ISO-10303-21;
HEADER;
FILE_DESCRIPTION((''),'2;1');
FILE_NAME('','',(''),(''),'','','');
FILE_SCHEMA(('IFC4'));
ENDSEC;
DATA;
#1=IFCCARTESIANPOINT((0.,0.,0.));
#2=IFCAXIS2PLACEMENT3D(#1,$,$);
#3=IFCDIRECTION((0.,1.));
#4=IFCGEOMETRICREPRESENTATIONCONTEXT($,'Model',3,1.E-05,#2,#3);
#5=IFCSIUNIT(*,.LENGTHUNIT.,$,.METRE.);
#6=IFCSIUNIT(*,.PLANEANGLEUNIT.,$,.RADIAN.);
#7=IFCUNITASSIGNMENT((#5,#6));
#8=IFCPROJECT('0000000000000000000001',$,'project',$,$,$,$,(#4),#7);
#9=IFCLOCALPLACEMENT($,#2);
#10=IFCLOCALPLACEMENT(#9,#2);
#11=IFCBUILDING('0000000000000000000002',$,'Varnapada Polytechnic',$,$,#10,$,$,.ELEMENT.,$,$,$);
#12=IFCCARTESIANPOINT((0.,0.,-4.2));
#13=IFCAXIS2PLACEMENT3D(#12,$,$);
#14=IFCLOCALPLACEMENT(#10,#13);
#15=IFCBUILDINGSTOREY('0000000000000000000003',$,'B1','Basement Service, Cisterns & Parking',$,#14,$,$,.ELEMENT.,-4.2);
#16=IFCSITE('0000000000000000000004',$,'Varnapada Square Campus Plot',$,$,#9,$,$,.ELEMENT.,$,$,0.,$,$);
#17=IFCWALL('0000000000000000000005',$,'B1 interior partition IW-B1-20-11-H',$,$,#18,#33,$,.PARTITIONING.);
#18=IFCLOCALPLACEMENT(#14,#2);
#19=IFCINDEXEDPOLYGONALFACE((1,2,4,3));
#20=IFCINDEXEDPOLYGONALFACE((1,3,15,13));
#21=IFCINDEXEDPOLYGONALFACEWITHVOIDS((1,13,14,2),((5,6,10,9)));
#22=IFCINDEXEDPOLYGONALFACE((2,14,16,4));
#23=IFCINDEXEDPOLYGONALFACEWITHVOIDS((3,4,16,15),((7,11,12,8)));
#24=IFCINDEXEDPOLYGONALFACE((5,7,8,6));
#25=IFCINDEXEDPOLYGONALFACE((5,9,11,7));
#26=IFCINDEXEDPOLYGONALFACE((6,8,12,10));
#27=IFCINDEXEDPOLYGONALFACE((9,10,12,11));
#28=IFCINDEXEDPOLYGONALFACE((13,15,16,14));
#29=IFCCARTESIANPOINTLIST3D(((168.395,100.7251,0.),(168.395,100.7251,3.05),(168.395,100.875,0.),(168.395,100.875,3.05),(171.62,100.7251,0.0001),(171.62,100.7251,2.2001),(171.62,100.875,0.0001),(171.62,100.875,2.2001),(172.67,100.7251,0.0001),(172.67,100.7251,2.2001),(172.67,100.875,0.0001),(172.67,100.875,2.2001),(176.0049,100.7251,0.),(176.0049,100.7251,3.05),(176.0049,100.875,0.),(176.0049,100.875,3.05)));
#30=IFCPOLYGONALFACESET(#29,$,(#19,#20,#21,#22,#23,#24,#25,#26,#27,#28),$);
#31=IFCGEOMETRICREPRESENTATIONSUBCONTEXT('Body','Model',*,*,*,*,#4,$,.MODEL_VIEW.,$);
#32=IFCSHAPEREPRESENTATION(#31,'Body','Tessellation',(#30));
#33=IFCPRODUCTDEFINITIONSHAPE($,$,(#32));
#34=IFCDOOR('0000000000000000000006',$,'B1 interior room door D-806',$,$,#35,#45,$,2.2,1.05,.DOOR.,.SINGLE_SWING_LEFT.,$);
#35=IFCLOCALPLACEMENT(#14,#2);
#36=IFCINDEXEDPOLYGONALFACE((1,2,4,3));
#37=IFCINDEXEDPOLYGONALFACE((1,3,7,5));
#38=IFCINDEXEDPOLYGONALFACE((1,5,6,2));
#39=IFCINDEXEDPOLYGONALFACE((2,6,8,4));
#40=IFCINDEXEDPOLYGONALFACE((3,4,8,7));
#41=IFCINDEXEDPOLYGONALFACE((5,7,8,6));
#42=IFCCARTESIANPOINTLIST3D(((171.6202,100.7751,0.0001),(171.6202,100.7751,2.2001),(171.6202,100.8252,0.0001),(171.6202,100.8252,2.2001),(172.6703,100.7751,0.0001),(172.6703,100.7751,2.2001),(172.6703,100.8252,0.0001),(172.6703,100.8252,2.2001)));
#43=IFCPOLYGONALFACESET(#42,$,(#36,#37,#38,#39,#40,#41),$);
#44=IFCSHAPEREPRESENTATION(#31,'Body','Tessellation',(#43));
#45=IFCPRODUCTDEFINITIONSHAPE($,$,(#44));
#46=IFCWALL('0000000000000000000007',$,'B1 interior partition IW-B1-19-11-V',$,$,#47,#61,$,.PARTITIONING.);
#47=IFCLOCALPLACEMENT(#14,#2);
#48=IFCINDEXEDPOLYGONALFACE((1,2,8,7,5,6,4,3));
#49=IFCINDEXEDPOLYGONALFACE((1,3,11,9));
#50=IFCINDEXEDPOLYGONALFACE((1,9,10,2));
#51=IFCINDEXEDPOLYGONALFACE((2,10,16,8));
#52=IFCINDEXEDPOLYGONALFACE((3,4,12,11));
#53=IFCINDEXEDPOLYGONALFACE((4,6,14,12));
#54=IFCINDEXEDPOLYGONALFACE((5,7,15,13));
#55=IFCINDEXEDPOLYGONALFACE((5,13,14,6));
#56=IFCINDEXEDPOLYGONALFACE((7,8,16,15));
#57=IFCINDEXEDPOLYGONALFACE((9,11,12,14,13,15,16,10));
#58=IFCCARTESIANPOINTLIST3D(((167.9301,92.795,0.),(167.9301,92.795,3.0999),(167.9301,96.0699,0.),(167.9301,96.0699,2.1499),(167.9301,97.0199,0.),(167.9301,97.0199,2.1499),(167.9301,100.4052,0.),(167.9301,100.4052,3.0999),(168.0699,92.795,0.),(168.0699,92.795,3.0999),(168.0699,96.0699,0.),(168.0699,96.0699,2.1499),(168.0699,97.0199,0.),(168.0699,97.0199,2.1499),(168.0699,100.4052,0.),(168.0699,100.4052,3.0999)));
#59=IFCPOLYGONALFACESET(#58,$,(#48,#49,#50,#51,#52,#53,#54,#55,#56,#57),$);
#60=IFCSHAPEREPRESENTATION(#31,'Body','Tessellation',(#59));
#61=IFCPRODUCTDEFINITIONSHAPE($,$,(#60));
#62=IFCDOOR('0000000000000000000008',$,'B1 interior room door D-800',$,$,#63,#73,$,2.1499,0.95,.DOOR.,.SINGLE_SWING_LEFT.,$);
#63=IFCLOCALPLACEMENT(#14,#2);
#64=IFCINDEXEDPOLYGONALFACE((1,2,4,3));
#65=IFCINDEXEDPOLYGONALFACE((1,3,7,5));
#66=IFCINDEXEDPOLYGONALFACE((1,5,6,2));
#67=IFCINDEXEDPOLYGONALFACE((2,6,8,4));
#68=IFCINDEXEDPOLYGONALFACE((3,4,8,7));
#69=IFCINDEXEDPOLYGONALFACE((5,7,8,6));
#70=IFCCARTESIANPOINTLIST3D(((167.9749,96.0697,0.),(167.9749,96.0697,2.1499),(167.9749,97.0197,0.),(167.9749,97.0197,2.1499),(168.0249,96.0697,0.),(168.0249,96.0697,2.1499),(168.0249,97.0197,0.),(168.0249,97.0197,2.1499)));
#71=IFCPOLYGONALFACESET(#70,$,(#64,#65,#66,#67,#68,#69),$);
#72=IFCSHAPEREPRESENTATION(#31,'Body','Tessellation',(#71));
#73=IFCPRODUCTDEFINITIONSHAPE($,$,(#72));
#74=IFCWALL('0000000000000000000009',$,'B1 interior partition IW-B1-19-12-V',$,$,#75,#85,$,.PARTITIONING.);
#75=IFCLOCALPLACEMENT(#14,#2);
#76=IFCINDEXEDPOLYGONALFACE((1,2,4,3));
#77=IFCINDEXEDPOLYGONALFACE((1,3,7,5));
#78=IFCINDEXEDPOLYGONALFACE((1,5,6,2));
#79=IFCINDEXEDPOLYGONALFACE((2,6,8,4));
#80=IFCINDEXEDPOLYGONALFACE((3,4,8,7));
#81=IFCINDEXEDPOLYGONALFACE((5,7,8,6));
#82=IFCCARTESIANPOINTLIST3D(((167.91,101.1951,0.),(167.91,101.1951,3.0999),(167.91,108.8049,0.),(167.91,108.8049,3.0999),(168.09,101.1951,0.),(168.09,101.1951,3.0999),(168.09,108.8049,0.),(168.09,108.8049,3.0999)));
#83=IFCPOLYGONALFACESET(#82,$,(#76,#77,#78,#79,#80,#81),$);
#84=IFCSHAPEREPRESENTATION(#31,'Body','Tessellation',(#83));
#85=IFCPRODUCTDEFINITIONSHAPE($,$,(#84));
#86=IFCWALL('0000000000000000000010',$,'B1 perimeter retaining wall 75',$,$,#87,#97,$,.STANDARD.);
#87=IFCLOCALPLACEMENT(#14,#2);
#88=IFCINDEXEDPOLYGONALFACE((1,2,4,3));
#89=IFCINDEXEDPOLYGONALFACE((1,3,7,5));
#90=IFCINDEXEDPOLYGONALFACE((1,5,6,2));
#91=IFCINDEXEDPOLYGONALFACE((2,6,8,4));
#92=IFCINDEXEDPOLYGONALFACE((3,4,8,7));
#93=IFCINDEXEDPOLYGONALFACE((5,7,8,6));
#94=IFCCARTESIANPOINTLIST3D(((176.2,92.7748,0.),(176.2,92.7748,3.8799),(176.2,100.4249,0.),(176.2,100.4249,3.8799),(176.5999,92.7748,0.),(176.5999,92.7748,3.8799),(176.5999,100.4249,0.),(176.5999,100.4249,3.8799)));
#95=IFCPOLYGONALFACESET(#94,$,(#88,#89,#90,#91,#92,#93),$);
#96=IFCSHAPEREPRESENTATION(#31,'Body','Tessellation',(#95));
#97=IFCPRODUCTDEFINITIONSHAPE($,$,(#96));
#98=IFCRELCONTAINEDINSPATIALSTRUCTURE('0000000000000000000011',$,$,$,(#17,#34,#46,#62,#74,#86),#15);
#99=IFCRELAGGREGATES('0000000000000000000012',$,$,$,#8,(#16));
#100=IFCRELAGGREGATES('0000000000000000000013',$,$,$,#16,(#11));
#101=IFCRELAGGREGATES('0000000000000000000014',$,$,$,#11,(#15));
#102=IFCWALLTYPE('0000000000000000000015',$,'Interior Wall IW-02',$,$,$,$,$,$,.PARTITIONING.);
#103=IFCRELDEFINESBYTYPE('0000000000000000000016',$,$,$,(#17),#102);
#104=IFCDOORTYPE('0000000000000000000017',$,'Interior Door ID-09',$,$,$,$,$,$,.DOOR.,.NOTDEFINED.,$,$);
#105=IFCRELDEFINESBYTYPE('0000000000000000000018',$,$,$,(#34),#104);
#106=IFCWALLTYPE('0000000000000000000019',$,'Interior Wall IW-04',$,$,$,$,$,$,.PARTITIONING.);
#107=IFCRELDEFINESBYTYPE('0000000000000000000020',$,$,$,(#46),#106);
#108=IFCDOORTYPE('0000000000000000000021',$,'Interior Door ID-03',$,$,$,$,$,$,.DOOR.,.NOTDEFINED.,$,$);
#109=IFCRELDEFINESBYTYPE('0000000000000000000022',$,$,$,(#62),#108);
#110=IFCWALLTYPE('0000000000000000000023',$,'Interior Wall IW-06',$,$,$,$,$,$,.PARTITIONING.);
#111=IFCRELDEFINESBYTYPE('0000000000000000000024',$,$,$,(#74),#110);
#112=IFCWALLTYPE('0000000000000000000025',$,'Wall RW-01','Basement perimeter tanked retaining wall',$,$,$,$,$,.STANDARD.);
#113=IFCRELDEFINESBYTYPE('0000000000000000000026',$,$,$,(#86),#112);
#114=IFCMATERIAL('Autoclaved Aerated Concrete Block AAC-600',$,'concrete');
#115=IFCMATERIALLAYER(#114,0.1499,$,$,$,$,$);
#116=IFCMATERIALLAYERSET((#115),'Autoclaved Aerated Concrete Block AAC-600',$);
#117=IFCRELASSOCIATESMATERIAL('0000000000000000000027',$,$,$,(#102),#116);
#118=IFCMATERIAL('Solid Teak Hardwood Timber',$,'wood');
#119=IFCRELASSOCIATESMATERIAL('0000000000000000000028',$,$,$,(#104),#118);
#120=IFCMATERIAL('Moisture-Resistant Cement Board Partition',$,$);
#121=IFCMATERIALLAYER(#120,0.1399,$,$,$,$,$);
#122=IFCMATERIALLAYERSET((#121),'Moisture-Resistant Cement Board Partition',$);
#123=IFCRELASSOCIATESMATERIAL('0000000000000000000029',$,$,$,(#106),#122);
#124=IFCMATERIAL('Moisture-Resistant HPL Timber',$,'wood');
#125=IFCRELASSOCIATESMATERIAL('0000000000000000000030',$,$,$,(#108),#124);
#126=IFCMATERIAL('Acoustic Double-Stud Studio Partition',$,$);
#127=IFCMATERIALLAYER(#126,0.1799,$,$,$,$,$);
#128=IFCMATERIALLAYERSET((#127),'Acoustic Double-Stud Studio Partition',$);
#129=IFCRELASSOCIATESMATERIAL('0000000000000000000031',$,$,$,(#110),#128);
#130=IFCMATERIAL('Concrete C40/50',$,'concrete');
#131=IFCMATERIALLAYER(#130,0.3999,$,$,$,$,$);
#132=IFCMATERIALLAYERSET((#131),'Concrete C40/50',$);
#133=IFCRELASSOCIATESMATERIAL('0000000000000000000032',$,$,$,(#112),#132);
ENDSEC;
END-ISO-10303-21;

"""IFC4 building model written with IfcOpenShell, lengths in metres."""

from ifc_helpers import new_model, si_unit, direction, frame, frame_2d, origin, place, context, subcontext, project, spatial, rectangle, extrude, material, layer, layer_set, type_object, element, fill, save


model = new_model("IFC4")

# Units and contexts
model_context = context("Model", 3, precision=1e-05, world=origin(), true_north=direction((0.0, 1.0)))
body_context = subcontext(model_context, "Body", "Model", "MODEL_VIEW")
ifc_project = project(units=[si_unit("LENGTHUNIT", "METRE"), si_unit("PLANEANGLEUNIT", "RADIAN")], contexts=[model_context])

# Site, building, storey
site_placement = place(None, origin())
site = spatial("IfcSite", under=ifc_project, at=site_placement, Name="Varnapada Square Campus Plot", CompositionType="ELEMENT", RefElevation=0.0)
building_placement = place(site_placement, origin())
building = spatial("IfcBuilding", under=site, at=building_placement, Name="Varnapada Polytechnic", CompositionType="ELEMENT")
storey_placement = place(building_placement, frame((0.0, 0.0, -4.2)))
storey = spatial("IfcBuildingStorey", under=building, at=storey_placement, Name="B1", Description="Basement Service, Cisterns & Parking", CompositionType="ELEMENT", Elevation=-4.2)

# Shared definitions
ifc_material_1 = material(Name="Concrete C40/50", Category="concrete")

# Walls, openings, doors
ifc_material_2 = material(Name="Autoclaved Aerated Concrete Block AAC-600", Category="concrete")
ifc_layer_1 = layer(ifc_material_2, 0.1499)
ifc_layer_set_1 = layer_set([ifc_layer_1], Name="Autoclaved Aerated Concrete Block AAC-600")
wall_type_1 = type_object("IfcWallType", Name="Interior Wall IW-02", PredefinedType="PARTITIONING", material=ifc_layer_set_1)
wall_1_placement = place(storey_placement, frame((168.395, 100.8, 0.0), z_axis=(0.0, 0.0, 1.0), x_axis=(1.0, 0.0, 0.0)))
wall_1 = element("IfcWall", 1, at=wall_1_placement, inside=storey, type_object=wall_type_1, Name="B1 interior partition IW-B1-20-11-H", PredefinedType="PARTITIONING", context=body_context, shape_type="SweptSolid", body=[
    extrude(rectangle(XDim=7.6099, YDim=0.1499, at=frame_2d((3.8049, 0.0))), origin(), (0.0, 0.0, 1.0), 3.05),
])
opening_1_placement = place(wall_1_placement, frame((3.2251, 0.0, 0.0)))
opening_1 = element("IfcOpeningElement", 2, at=opening_1_placement, cuts=wall_1, PredefinedType="OPENING", context=body_context, shape_type="SweptSolid", body=[
    extrude(rectangle(XDim=1.05, YDim=2.2, at=frame_2d((0.5249, 1.1001))), frame((0.0, 0.085, 0.0), z_axis=(0.0, -1.0, 0.0), x_axis=(1.0, 0.0, 0.0)), (0.0, 0.0, 1.0), 0.1699),
])
ifc_material_3 = material(Name="Solid Teak Hardwood Timber", Category="wood")
door_type_1 = type_object("IfcDoorType", Name="Interior Door ID-09", OperationType="NOTDEFINED", PredefinedType="DOOR", material=ifc_material_3)
door_1_placement = place(opening_1_placement, frame((1.05, 0.0, 0.0), z_axis=(0.0, 0.0, 1.0), x_axis=(-1.0, 0.0, 0.0)))
door_1 = element("IfcDoor", 3, at=door_1_placement, inside=storey, type_object=door_type_1, Name="B1 interior room door D-806", OperationType="SINGLE_SWING_LEFT", OverallHeight=2.2, OverallWidth=1.05, PredefinedType="DOOR", context=body_context, shape_type="SweptSolid", body=[
    extrude(rectangle(XDim=1.05, YDim=2.2, at=frame_2d((0.5249, 1.1001))), frame((0.0, 0.0249, 0.0), z_axis=(0.0, -1.0, 0.0), x_axis=(1.0, 0.0, 0.0)), (0.0, 0.0, 1.0), 0.05),
])
fill(opening_1, door_1)
ifc_material_4 = material(Name="Moisture-Resistant Cement Board Partition")
ifc_layer_2 = layer(ifc_material_4, 0.1399)
ifc_layer_set_2 = layer_set([ifc_layer_2], Name="Moisture-Resistant Cement Board Partition")
wall_type_2 = type_object("IfcWallType", Name="Interior Wall IW-04", PredefinedType="PARTITIONING", material=ifc_layer_set_2)
wall_2_placement = place(storey_placement, frame((168.0, 92.7949, 0.0), z_axis=(0.0, 0.0, 1.0), x_axis=(0.0, 1.0, 0.0)))
wall_2 = element("IfcWall", 4, at=wall_2_placement, inside=storey, type_object=wall_type_2, Name="B1 interior partition IW-B1-19-11-V", PredefinedType="PARTITIONING", context=body_context, shape_type="SweptSolid", body=[
    extrude(rectangle(XDim=7.6101, YDim=0.1399, at=frame_2d((3.8052, 0.0))), origin(), (0.0, 0.0, 1.0), 3.0999),
])
opening_2_placement = place(wall_2_placement, frame((3.2749, 0.0, 0.0)))
opening_2 = element("IfcOpeningElement", 5, at=opening_2_placement, cuts=wall_2, PredefinedType="OPENING", context=body_context, shape_type="SweptSolid", body=[
    extrude(rectangle(XDim=0.95, YDim=2.1499, at=frame_2d((0.4751, 1.075))), frame((0.0, 0.0798, 0.0), z_axis=(0.0, -1.0, 0.0), x_axis=(1.0, 0.0, 0.0)), (0.0, 0.0, 1.0), 0.1599),
])
ifc_material_5 = material(Name="Moisture-Resistant HPL Timber", Category="wood")
door_type_2 = type_object("IfcDoorType", Name="Interior Door ID-03", OperationType="NOTDEFINED", PredefinedType="DOOR", material=ifc_material_5)
door_2_placement = place(opening_2_placement, frame((0.95, 0.0, 0.0), z_axis=(0.0, 0.0, 1.0), x_axis=(-1.0, 0.0, 0.0)))
door_2 = element("IfcDoor", 6, at=door_2_placement, inside=storey, type_object=door_type_2, Name="B1 interior room door D-800", OperationType="SINGLE_SWING_LEFT", OverallHeight=2.1499, OverallWidth=0.95, PredefinedType="DOOR", context=body_context, shape_type="SweptSolid", body=[
    extrude(rectangle(XDim=0.95, YDim=2.1499, at=frame_2d((0.4751, 1.075))), frame((0.0, 0.0249, 0.0), z_axis=(0.0, -1.0, 0.0), x_axis=(1.0, 0.0, 0.0)), (0.0, 0.0, 1.0), 0.05),
])
fill(opening_2, door_2)

# Walls
ifc_material_6 = material(Name="Acoustic Double-Stud Studio Partition")
ifc_layer_3 = layer(ifc_material_6, 0.1799)
ifc_layer_set_3 = layer_set([ifc_layer_3], Name="Acoustic Double-Stud Studio Partition")
wall_type_3 = type_object("IfcWallType", Name="Interior Wall IW-06", PredefinedType="PARTITIONING", material=ifc_layer_set_3)
wall_3_placement = place(storey_placement, frame((168.0, 101.1951, 0.0), z_axis=(0.0, 0.0, 1.0), x_axis=(0.0, 1.0, 0.0)))
element("IfcWall", 7, at=wall_3_placement, inside=storey, type_object=wall_type_3, Name="B1 interior partition IW-B1-19-12-V", PredefinedType="PARTITIONING", context=body_context, shape_type="SweptSolid", body=[
    extrude(rectangle(XDim=7.6099, YDim=0.1799, at=frame_2d((3.8049, 0.0))), origin(), (0.0, 0.0, 1.0), 3.0999),
])
ifc_layer_4 = layer(ifc_material_1, 0.3999)
ifc_layer_set_4 = layer_set([ifc_layer_4], Name="Concrete C40/50")
wall_type_4 = type_object("IfcWallType", Name="Wall RW-01", Description="Basement perimeter tanked retaining wall", PredefinedType="STANDARD", material=ifc_layer_set_4)
wall_4_placement = place(storey_placement, frame((176.3999, 100.425, 0.0), z_axis=(0.0, 0.0, 1.0), x_axis=(0.0, -1.0, 0.0)))
element("IfcWall", 8, at=wall_4_placement, inside=storey, type_object=wall_type_4, Name="B1 perimeter retaining wall 75", PredefinedType="STANDARD", context=body_context, shape_type="SweptSolid", body=[
    extrude(rectangle(XDim=7.6501, YDim=0.3999, at=frame_2d((3.8252, 0.0))), origin(), (0.0, 0.0, 1.0), 3.8799),
])

save(model, "model.ifc")
